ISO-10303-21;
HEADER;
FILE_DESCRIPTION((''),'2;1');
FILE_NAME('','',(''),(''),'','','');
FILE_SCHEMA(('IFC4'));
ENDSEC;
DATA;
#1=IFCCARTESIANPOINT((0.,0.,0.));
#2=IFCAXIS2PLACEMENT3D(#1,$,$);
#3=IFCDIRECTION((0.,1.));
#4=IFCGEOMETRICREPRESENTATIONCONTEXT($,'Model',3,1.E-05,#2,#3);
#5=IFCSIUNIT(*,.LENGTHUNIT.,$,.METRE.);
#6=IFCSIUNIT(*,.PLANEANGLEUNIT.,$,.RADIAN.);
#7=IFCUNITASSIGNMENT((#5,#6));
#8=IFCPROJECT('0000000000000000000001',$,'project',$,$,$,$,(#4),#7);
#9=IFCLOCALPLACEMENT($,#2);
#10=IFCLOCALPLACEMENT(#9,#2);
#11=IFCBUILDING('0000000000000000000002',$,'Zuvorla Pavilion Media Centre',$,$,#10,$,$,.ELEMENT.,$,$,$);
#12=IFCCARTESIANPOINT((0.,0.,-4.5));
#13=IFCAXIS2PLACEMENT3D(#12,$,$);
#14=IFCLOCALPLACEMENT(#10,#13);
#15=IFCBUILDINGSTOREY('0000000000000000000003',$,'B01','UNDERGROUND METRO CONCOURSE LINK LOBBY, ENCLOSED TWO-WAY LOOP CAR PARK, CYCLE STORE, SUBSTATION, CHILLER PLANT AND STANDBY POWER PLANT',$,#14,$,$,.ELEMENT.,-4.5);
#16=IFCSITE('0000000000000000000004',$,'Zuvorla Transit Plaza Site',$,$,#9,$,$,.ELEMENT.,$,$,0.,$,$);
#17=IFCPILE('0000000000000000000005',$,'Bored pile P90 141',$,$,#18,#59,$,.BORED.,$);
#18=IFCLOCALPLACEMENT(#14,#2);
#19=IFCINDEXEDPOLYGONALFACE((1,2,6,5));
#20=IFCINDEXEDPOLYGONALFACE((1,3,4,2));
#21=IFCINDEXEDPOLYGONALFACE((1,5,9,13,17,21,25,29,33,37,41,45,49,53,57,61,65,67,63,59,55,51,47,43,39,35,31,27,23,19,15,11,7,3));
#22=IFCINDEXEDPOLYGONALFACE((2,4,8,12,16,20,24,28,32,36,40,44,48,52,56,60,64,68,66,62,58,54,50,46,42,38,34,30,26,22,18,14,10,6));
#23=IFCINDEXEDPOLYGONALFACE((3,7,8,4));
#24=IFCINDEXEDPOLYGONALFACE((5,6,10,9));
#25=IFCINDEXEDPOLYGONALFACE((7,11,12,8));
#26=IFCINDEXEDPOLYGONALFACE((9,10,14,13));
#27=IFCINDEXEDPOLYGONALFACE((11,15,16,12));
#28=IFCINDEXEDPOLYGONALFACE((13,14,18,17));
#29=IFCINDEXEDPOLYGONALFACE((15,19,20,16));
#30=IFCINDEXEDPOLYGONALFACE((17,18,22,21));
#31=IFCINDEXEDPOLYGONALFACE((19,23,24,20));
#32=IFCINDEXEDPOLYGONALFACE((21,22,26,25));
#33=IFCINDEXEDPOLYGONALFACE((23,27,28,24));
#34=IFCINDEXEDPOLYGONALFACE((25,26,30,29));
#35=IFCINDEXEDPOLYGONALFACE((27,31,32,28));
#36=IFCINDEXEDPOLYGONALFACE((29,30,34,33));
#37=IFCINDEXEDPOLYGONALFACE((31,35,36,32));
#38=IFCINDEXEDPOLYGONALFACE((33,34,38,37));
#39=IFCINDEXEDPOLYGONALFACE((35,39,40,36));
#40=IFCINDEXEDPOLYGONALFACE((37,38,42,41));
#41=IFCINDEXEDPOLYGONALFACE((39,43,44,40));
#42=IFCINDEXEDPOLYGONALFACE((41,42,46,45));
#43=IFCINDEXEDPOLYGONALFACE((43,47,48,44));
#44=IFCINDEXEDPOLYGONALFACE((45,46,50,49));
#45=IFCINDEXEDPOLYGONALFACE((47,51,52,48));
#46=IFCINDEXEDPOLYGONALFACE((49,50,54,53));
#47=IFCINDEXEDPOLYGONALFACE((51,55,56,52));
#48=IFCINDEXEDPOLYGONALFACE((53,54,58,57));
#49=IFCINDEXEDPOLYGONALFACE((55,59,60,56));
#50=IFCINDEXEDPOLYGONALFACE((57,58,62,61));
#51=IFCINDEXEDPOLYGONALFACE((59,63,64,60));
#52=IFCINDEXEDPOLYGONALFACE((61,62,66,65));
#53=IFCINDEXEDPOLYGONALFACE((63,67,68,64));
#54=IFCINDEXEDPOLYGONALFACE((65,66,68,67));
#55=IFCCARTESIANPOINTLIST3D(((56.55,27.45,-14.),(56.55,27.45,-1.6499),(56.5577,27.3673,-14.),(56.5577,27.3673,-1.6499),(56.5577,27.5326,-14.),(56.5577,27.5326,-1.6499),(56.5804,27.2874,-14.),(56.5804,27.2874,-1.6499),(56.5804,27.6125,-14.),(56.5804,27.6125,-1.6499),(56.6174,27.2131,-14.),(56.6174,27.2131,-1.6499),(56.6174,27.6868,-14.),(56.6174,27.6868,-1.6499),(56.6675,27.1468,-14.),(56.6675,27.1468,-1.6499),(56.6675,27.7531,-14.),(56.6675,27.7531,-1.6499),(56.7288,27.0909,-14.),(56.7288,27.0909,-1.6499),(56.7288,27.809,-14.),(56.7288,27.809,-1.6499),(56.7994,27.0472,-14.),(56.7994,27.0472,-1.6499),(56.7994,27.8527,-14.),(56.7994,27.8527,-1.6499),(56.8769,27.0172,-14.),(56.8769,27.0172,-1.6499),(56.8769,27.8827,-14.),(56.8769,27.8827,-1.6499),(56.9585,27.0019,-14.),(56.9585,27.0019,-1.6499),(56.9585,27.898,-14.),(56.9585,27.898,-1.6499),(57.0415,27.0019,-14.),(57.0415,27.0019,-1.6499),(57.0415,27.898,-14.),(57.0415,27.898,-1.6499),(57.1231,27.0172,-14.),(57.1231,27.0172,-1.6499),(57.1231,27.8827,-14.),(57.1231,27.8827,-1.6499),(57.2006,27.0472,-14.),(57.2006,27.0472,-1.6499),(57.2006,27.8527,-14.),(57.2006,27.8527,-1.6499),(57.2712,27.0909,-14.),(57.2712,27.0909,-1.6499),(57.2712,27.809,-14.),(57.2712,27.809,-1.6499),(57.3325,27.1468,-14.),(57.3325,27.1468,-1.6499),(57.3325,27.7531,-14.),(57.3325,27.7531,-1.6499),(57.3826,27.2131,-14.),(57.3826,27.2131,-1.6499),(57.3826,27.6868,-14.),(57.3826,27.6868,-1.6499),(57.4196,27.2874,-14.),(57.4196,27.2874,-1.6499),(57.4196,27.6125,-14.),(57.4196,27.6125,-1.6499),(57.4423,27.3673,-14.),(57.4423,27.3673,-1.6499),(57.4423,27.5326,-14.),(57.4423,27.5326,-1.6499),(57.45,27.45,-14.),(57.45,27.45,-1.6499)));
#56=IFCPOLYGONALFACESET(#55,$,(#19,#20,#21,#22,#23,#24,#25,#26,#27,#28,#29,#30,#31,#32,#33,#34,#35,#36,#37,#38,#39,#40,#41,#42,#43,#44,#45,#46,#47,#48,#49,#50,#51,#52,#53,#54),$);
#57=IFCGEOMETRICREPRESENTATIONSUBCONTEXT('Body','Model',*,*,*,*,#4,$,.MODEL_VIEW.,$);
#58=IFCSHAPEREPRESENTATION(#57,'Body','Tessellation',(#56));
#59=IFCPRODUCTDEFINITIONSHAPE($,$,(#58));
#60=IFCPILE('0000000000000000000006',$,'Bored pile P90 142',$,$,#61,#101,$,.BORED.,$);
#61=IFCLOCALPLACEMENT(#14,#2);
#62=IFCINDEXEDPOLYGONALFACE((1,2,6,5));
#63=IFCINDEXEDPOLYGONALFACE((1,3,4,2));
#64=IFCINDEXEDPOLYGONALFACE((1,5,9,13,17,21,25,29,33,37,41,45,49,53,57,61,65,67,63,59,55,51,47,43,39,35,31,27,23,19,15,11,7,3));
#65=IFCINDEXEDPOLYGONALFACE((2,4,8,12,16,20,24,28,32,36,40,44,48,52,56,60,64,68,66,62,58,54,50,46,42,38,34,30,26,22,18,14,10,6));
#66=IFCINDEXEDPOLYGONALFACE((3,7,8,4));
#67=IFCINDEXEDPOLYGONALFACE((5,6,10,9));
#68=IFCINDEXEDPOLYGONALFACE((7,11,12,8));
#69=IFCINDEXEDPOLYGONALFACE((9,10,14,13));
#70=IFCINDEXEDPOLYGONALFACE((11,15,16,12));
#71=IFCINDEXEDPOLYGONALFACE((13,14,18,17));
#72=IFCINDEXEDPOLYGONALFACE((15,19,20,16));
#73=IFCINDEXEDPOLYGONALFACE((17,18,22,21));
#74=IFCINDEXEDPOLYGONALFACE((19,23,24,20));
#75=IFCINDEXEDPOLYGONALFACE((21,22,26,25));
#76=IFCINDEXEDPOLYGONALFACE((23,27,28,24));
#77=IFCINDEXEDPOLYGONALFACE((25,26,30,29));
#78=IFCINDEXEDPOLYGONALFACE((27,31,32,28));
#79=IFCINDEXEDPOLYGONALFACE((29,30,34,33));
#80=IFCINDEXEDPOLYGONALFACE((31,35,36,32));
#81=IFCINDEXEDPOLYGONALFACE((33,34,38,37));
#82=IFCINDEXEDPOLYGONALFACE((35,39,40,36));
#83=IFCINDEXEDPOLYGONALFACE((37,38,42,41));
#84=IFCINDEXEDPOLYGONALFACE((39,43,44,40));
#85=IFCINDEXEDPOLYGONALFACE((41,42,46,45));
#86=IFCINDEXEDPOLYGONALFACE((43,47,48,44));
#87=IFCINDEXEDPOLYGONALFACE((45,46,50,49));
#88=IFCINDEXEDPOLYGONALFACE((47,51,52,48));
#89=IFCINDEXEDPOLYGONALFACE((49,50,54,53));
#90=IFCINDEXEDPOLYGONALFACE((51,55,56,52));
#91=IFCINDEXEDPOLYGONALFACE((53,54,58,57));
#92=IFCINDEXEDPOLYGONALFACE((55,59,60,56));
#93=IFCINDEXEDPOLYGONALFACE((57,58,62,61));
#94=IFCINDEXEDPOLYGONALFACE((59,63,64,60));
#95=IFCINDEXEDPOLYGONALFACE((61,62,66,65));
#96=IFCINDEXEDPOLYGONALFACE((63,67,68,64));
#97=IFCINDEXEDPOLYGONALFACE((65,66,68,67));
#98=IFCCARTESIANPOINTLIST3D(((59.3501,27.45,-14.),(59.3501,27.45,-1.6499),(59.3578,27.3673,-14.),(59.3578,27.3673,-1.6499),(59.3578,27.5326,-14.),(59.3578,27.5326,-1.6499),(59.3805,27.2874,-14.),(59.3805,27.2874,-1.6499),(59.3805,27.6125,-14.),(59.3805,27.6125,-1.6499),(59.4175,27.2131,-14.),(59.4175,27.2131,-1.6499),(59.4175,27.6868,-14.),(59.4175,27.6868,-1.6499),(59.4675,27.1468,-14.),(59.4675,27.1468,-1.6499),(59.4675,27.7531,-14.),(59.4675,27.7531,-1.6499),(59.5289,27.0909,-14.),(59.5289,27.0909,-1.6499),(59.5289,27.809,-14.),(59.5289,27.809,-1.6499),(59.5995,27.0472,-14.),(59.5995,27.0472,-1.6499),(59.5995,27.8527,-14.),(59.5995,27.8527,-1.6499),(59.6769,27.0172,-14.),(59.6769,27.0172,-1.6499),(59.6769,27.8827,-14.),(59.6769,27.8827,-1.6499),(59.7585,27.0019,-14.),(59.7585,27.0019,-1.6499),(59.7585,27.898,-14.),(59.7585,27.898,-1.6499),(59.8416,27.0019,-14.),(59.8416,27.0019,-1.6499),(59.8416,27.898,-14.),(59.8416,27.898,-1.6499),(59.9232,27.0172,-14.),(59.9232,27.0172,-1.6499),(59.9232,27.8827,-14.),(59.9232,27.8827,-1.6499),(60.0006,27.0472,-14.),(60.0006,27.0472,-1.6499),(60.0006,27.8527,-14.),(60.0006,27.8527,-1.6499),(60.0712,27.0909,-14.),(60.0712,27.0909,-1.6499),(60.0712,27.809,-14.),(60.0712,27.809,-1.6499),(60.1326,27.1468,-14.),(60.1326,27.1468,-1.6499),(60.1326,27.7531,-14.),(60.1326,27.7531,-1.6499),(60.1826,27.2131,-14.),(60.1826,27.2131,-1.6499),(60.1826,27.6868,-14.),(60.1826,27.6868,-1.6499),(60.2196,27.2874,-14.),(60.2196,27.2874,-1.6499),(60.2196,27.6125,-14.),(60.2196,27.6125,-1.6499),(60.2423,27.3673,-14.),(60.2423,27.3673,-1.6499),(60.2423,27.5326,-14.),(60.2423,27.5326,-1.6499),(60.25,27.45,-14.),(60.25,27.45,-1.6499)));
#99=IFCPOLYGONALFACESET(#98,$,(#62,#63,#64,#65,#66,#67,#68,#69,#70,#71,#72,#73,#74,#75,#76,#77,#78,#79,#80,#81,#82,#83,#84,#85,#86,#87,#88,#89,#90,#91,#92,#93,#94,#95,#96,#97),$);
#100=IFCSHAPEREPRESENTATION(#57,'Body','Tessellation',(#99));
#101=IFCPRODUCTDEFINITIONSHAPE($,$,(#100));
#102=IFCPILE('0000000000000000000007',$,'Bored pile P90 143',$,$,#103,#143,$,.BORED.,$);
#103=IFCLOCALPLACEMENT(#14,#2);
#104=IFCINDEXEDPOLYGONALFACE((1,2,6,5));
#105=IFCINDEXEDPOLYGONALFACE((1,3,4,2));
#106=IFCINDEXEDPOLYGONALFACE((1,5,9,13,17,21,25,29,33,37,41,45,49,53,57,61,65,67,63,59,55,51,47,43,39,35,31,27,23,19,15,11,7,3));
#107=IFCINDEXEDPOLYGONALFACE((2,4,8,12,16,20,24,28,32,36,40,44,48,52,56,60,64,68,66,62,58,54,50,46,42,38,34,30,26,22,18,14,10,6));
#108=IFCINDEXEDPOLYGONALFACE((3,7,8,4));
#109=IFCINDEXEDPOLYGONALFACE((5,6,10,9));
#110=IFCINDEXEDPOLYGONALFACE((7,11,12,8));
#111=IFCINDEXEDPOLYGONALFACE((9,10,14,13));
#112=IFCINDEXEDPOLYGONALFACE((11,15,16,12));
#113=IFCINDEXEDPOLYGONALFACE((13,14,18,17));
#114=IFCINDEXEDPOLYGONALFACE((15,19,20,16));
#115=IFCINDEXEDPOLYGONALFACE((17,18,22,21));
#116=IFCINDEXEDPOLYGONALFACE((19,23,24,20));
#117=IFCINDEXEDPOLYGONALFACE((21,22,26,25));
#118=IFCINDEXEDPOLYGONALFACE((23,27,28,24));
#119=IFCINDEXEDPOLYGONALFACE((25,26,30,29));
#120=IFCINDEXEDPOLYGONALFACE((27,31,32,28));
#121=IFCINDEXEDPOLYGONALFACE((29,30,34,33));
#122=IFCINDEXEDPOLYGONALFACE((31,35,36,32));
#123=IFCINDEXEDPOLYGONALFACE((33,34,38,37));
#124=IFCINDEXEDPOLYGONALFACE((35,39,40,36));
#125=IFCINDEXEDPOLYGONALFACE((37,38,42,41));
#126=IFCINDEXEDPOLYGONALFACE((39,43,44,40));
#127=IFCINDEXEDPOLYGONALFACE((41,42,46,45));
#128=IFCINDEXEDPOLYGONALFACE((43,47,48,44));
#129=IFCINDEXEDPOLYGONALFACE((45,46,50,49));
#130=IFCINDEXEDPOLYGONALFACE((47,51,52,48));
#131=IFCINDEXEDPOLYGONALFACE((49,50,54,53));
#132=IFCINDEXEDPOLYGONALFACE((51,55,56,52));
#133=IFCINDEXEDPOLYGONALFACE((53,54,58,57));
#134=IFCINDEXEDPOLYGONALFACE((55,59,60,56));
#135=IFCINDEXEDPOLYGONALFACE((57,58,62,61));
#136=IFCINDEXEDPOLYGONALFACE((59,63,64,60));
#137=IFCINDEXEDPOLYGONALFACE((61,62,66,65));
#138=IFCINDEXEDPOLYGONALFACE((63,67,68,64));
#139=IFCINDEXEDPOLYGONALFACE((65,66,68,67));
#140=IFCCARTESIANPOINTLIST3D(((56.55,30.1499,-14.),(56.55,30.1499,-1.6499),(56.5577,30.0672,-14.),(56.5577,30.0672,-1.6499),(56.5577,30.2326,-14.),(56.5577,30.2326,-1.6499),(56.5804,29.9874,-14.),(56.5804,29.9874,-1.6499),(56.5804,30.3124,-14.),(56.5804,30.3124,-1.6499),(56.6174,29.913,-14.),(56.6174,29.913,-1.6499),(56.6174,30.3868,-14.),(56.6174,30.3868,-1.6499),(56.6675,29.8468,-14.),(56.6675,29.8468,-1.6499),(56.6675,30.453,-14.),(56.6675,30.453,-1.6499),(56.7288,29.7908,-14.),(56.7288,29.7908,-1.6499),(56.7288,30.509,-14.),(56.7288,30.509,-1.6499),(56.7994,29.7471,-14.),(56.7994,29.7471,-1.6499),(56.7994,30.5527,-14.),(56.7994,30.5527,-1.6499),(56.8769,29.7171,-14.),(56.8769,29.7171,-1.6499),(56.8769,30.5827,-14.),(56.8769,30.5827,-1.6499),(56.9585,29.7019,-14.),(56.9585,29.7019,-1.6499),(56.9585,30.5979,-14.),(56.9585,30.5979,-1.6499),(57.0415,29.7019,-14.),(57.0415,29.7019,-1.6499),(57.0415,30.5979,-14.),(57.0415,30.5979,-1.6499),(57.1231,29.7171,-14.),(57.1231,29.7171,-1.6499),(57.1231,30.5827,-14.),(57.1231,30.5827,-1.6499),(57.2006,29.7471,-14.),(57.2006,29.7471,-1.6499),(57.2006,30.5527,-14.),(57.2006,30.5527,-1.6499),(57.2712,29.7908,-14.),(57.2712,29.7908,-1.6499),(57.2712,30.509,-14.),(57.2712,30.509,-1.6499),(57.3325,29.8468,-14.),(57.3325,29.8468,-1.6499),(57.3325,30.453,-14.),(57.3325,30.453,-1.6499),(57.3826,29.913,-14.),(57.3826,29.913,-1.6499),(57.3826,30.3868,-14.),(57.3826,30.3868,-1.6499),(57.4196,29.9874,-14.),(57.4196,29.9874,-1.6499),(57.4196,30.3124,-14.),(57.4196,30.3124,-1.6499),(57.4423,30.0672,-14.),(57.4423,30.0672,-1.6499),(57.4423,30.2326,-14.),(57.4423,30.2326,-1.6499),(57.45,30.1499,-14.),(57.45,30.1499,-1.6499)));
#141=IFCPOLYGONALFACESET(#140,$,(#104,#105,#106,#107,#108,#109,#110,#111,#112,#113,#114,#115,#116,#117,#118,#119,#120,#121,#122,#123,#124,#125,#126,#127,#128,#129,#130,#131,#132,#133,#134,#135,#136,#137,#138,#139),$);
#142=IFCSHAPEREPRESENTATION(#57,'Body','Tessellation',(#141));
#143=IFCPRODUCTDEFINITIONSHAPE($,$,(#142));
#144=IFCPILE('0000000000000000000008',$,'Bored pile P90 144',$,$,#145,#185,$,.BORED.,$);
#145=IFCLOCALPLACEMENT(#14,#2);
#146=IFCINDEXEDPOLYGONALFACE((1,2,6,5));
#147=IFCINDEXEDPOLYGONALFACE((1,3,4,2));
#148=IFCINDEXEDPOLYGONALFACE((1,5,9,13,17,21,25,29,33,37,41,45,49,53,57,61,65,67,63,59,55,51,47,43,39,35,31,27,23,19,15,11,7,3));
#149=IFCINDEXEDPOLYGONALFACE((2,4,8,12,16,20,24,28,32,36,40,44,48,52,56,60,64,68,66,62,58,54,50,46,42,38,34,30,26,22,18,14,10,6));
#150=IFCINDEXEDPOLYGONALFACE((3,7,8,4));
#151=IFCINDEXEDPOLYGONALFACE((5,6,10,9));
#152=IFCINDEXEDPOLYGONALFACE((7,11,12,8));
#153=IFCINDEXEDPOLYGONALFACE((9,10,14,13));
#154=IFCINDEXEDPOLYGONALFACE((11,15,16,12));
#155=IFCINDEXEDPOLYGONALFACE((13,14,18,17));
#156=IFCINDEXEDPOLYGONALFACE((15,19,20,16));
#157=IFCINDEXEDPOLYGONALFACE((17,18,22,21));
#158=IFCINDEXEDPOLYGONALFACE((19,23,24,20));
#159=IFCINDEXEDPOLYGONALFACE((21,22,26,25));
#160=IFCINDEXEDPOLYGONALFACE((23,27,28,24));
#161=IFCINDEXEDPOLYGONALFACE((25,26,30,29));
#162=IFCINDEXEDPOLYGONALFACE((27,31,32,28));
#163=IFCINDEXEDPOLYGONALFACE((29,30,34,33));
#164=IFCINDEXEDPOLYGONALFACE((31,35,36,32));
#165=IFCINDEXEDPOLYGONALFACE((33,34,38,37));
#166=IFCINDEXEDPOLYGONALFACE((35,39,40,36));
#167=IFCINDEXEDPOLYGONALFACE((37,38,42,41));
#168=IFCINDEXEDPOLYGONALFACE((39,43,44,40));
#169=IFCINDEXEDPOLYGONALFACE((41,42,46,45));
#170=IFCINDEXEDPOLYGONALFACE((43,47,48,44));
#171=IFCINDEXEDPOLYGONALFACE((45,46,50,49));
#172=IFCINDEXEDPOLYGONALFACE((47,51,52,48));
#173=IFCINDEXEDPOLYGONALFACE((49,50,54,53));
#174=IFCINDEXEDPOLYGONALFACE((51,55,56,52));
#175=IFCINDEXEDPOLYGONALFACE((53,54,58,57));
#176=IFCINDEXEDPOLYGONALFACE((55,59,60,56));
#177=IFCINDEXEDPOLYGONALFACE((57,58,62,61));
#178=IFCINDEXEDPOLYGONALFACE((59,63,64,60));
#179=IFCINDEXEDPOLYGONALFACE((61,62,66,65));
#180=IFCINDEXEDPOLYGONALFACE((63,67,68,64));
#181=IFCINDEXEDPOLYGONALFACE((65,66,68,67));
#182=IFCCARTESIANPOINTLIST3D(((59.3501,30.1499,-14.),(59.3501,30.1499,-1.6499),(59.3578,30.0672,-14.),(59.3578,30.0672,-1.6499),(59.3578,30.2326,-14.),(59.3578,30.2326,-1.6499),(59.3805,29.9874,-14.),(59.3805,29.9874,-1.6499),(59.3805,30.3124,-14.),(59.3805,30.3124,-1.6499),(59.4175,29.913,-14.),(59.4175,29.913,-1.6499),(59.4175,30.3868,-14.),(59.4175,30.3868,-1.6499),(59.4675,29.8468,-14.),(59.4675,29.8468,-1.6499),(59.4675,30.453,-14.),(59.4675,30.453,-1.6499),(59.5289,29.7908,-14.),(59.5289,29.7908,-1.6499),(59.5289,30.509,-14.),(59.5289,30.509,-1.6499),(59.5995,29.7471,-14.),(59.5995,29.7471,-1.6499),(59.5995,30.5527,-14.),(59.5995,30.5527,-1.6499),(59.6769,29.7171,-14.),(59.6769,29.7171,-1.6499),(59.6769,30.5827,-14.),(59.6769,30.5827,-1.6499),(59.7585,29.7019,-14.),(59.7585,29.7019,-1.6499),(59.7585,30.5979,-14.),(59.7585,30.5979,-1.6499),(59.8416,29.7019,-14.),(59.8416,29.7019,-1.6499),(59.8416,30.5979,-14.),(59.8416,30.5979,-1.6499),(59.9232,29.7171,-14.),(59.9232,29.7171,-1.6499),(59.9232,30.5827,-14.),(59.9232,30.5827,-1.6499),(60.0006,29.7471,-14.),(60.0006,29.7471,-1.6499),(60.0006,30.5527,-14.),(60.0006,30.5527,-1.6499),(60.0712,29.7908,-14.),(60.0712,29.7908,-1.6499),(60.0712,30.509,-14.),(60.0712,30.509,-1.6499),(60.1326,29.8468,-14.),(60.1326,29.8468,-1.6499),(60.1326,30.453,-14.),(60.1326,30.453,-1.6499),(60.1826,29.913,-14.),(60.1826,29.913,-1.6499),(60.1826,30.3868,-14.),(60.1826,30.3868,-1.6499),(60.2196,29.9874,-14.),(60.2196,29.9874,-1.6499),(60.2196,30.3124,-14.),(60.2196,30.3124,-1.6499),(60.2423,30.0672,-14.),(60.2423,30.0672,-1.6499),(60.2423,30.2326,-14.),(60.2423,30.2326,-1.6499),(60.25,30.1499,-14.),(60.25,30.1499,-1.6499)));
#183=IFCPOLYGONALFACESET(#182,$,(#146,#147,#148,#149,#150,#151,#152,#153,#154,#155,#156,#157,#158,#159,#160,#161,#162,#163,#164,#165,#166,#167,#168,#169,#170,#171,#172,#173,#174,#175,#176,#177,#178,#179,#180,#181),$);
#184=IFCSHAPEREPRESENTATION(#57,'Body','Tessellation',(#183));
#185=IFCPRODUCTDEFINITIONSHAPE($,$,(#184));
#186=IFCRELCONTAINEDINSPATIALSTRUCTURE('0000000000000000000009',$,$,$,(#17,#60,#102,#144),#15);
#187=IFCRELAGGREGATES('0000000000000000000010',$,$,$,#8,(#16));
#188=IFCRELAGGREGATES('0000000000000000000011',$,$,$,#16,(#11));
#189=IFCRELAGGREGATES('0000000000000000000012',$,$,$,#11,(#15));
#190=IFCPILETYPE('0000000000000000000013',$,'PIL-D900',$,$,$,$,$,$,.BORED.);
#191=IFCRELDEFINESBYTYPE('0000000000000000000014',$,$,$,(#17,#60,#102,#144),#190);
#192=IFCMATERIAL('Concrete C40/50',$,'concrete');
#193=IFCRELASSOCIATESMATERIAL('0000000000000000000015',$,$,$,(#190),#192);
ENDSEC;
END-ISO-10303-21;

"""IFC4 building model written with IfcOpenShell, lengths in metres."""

from ifc_helpers import new_model, si_unit, direction, frame, origin, origin_2d, place, context, subcontext, project, spatial, circle, extrude, material, material_profile, profile_set, type_object, element, save


model = new_model("IFC4")

# Units and contexts
model_context = context("Model", 3, precision=1e-05, world=origin(), true_north=direction((0.0, 1.0)))
body_context = subcontext(model_context, "Body", "Model", "MODEL_VIEW")
ifc_project = project(units=[si_unit("LENGTHUNIT", "METRE"), si_unit("PLANEANGLEUNIT", "RADIAN")], contexts=[model_context])

# Site, building, storey
site_placement = place(None, origin())
site = spatial("IfcSite", under=ifc_project, at=site_placement, Name="Zuvorla Transit Plaza Site", CompositionType="ELEMENT", RefElevation=0.0)
building_placement = place(site_placement, origin())
building = spatial("IfcBuilding", under=site, at=building_placement, Name="Zuvorla Pavilion Media Centre", CompositionType="ELEMENT")
storey_placement = place(building_placement, frame((0.0, 0.0, -4.5)))
storey = spatial("IfcBuildingStorey", under=building, at=storey_placement, Name="B01", Description="UNDERGROUND METRO CONCOURSE LINK LOBBY, ENCLOSED TWO-WAY LOOP CAR PARK, CYCLE STORE, SUBSTATION, CHILLER PLANT AND STANDBY POWER PLANT", CompositionType="ELEMENT", Elevation=-4.5)

# Shared definitions
ifc_material_1 = material(Name="Concrete C40/50", Category="concrete")

# Piles
ifc_material_profile_1 = material_profile(ifc_material_1, circle(Radius=0.45, at=origin_2d()), Name="BORED PILE 900")
ifc_profile_set_1 = profile_set([ifc_material_profile_1], Name="Concrete C40/50")
pile_type = type_object("IfcPileType", Name="PIL-D900", PredefinedType="BORED", material=ifc_profile_set_1)
for number, where, z_axis, x_axis, name in (
    (1, (57.0, 27.45, -1.6499), (0.0, 0.0, -1.0), (1.0, 0.0, 0.0), "Bored pile P90 141"),
    (2, (59.8, 27.45, -1.6499), (0.0, 0.0, -1.0), (1.0, 0.0, 0.0), "Bored pile P90 142"),
    (3, (57.0, 30.1499, -1.6499), (0.0, 0.0, -1.0), (1.0, 0.0, 0.0), "Bored pile P90 143"),
    (4, (59.8, 30.1499, -1.6499), (0.0, 0.0, -1.0), (1.0, 0.0, 0.0), "Bored pile P90 144"),
):
    element("IfcPile", number, at=place(storey_placement, frame(where, z_axis=z_axis, x_axis=x_axis)), inside=storey, type_object=pile_type, Name=name, PredefinedType="BORED", context=body_context, shape_type="SweptSolid", body=[
        extrude(circle(Radius=0.45, at=origin_2d()), origin(), (0.0, 0.0, 1.0), 12.3501),
    ])

save(model, "model.ifc")
